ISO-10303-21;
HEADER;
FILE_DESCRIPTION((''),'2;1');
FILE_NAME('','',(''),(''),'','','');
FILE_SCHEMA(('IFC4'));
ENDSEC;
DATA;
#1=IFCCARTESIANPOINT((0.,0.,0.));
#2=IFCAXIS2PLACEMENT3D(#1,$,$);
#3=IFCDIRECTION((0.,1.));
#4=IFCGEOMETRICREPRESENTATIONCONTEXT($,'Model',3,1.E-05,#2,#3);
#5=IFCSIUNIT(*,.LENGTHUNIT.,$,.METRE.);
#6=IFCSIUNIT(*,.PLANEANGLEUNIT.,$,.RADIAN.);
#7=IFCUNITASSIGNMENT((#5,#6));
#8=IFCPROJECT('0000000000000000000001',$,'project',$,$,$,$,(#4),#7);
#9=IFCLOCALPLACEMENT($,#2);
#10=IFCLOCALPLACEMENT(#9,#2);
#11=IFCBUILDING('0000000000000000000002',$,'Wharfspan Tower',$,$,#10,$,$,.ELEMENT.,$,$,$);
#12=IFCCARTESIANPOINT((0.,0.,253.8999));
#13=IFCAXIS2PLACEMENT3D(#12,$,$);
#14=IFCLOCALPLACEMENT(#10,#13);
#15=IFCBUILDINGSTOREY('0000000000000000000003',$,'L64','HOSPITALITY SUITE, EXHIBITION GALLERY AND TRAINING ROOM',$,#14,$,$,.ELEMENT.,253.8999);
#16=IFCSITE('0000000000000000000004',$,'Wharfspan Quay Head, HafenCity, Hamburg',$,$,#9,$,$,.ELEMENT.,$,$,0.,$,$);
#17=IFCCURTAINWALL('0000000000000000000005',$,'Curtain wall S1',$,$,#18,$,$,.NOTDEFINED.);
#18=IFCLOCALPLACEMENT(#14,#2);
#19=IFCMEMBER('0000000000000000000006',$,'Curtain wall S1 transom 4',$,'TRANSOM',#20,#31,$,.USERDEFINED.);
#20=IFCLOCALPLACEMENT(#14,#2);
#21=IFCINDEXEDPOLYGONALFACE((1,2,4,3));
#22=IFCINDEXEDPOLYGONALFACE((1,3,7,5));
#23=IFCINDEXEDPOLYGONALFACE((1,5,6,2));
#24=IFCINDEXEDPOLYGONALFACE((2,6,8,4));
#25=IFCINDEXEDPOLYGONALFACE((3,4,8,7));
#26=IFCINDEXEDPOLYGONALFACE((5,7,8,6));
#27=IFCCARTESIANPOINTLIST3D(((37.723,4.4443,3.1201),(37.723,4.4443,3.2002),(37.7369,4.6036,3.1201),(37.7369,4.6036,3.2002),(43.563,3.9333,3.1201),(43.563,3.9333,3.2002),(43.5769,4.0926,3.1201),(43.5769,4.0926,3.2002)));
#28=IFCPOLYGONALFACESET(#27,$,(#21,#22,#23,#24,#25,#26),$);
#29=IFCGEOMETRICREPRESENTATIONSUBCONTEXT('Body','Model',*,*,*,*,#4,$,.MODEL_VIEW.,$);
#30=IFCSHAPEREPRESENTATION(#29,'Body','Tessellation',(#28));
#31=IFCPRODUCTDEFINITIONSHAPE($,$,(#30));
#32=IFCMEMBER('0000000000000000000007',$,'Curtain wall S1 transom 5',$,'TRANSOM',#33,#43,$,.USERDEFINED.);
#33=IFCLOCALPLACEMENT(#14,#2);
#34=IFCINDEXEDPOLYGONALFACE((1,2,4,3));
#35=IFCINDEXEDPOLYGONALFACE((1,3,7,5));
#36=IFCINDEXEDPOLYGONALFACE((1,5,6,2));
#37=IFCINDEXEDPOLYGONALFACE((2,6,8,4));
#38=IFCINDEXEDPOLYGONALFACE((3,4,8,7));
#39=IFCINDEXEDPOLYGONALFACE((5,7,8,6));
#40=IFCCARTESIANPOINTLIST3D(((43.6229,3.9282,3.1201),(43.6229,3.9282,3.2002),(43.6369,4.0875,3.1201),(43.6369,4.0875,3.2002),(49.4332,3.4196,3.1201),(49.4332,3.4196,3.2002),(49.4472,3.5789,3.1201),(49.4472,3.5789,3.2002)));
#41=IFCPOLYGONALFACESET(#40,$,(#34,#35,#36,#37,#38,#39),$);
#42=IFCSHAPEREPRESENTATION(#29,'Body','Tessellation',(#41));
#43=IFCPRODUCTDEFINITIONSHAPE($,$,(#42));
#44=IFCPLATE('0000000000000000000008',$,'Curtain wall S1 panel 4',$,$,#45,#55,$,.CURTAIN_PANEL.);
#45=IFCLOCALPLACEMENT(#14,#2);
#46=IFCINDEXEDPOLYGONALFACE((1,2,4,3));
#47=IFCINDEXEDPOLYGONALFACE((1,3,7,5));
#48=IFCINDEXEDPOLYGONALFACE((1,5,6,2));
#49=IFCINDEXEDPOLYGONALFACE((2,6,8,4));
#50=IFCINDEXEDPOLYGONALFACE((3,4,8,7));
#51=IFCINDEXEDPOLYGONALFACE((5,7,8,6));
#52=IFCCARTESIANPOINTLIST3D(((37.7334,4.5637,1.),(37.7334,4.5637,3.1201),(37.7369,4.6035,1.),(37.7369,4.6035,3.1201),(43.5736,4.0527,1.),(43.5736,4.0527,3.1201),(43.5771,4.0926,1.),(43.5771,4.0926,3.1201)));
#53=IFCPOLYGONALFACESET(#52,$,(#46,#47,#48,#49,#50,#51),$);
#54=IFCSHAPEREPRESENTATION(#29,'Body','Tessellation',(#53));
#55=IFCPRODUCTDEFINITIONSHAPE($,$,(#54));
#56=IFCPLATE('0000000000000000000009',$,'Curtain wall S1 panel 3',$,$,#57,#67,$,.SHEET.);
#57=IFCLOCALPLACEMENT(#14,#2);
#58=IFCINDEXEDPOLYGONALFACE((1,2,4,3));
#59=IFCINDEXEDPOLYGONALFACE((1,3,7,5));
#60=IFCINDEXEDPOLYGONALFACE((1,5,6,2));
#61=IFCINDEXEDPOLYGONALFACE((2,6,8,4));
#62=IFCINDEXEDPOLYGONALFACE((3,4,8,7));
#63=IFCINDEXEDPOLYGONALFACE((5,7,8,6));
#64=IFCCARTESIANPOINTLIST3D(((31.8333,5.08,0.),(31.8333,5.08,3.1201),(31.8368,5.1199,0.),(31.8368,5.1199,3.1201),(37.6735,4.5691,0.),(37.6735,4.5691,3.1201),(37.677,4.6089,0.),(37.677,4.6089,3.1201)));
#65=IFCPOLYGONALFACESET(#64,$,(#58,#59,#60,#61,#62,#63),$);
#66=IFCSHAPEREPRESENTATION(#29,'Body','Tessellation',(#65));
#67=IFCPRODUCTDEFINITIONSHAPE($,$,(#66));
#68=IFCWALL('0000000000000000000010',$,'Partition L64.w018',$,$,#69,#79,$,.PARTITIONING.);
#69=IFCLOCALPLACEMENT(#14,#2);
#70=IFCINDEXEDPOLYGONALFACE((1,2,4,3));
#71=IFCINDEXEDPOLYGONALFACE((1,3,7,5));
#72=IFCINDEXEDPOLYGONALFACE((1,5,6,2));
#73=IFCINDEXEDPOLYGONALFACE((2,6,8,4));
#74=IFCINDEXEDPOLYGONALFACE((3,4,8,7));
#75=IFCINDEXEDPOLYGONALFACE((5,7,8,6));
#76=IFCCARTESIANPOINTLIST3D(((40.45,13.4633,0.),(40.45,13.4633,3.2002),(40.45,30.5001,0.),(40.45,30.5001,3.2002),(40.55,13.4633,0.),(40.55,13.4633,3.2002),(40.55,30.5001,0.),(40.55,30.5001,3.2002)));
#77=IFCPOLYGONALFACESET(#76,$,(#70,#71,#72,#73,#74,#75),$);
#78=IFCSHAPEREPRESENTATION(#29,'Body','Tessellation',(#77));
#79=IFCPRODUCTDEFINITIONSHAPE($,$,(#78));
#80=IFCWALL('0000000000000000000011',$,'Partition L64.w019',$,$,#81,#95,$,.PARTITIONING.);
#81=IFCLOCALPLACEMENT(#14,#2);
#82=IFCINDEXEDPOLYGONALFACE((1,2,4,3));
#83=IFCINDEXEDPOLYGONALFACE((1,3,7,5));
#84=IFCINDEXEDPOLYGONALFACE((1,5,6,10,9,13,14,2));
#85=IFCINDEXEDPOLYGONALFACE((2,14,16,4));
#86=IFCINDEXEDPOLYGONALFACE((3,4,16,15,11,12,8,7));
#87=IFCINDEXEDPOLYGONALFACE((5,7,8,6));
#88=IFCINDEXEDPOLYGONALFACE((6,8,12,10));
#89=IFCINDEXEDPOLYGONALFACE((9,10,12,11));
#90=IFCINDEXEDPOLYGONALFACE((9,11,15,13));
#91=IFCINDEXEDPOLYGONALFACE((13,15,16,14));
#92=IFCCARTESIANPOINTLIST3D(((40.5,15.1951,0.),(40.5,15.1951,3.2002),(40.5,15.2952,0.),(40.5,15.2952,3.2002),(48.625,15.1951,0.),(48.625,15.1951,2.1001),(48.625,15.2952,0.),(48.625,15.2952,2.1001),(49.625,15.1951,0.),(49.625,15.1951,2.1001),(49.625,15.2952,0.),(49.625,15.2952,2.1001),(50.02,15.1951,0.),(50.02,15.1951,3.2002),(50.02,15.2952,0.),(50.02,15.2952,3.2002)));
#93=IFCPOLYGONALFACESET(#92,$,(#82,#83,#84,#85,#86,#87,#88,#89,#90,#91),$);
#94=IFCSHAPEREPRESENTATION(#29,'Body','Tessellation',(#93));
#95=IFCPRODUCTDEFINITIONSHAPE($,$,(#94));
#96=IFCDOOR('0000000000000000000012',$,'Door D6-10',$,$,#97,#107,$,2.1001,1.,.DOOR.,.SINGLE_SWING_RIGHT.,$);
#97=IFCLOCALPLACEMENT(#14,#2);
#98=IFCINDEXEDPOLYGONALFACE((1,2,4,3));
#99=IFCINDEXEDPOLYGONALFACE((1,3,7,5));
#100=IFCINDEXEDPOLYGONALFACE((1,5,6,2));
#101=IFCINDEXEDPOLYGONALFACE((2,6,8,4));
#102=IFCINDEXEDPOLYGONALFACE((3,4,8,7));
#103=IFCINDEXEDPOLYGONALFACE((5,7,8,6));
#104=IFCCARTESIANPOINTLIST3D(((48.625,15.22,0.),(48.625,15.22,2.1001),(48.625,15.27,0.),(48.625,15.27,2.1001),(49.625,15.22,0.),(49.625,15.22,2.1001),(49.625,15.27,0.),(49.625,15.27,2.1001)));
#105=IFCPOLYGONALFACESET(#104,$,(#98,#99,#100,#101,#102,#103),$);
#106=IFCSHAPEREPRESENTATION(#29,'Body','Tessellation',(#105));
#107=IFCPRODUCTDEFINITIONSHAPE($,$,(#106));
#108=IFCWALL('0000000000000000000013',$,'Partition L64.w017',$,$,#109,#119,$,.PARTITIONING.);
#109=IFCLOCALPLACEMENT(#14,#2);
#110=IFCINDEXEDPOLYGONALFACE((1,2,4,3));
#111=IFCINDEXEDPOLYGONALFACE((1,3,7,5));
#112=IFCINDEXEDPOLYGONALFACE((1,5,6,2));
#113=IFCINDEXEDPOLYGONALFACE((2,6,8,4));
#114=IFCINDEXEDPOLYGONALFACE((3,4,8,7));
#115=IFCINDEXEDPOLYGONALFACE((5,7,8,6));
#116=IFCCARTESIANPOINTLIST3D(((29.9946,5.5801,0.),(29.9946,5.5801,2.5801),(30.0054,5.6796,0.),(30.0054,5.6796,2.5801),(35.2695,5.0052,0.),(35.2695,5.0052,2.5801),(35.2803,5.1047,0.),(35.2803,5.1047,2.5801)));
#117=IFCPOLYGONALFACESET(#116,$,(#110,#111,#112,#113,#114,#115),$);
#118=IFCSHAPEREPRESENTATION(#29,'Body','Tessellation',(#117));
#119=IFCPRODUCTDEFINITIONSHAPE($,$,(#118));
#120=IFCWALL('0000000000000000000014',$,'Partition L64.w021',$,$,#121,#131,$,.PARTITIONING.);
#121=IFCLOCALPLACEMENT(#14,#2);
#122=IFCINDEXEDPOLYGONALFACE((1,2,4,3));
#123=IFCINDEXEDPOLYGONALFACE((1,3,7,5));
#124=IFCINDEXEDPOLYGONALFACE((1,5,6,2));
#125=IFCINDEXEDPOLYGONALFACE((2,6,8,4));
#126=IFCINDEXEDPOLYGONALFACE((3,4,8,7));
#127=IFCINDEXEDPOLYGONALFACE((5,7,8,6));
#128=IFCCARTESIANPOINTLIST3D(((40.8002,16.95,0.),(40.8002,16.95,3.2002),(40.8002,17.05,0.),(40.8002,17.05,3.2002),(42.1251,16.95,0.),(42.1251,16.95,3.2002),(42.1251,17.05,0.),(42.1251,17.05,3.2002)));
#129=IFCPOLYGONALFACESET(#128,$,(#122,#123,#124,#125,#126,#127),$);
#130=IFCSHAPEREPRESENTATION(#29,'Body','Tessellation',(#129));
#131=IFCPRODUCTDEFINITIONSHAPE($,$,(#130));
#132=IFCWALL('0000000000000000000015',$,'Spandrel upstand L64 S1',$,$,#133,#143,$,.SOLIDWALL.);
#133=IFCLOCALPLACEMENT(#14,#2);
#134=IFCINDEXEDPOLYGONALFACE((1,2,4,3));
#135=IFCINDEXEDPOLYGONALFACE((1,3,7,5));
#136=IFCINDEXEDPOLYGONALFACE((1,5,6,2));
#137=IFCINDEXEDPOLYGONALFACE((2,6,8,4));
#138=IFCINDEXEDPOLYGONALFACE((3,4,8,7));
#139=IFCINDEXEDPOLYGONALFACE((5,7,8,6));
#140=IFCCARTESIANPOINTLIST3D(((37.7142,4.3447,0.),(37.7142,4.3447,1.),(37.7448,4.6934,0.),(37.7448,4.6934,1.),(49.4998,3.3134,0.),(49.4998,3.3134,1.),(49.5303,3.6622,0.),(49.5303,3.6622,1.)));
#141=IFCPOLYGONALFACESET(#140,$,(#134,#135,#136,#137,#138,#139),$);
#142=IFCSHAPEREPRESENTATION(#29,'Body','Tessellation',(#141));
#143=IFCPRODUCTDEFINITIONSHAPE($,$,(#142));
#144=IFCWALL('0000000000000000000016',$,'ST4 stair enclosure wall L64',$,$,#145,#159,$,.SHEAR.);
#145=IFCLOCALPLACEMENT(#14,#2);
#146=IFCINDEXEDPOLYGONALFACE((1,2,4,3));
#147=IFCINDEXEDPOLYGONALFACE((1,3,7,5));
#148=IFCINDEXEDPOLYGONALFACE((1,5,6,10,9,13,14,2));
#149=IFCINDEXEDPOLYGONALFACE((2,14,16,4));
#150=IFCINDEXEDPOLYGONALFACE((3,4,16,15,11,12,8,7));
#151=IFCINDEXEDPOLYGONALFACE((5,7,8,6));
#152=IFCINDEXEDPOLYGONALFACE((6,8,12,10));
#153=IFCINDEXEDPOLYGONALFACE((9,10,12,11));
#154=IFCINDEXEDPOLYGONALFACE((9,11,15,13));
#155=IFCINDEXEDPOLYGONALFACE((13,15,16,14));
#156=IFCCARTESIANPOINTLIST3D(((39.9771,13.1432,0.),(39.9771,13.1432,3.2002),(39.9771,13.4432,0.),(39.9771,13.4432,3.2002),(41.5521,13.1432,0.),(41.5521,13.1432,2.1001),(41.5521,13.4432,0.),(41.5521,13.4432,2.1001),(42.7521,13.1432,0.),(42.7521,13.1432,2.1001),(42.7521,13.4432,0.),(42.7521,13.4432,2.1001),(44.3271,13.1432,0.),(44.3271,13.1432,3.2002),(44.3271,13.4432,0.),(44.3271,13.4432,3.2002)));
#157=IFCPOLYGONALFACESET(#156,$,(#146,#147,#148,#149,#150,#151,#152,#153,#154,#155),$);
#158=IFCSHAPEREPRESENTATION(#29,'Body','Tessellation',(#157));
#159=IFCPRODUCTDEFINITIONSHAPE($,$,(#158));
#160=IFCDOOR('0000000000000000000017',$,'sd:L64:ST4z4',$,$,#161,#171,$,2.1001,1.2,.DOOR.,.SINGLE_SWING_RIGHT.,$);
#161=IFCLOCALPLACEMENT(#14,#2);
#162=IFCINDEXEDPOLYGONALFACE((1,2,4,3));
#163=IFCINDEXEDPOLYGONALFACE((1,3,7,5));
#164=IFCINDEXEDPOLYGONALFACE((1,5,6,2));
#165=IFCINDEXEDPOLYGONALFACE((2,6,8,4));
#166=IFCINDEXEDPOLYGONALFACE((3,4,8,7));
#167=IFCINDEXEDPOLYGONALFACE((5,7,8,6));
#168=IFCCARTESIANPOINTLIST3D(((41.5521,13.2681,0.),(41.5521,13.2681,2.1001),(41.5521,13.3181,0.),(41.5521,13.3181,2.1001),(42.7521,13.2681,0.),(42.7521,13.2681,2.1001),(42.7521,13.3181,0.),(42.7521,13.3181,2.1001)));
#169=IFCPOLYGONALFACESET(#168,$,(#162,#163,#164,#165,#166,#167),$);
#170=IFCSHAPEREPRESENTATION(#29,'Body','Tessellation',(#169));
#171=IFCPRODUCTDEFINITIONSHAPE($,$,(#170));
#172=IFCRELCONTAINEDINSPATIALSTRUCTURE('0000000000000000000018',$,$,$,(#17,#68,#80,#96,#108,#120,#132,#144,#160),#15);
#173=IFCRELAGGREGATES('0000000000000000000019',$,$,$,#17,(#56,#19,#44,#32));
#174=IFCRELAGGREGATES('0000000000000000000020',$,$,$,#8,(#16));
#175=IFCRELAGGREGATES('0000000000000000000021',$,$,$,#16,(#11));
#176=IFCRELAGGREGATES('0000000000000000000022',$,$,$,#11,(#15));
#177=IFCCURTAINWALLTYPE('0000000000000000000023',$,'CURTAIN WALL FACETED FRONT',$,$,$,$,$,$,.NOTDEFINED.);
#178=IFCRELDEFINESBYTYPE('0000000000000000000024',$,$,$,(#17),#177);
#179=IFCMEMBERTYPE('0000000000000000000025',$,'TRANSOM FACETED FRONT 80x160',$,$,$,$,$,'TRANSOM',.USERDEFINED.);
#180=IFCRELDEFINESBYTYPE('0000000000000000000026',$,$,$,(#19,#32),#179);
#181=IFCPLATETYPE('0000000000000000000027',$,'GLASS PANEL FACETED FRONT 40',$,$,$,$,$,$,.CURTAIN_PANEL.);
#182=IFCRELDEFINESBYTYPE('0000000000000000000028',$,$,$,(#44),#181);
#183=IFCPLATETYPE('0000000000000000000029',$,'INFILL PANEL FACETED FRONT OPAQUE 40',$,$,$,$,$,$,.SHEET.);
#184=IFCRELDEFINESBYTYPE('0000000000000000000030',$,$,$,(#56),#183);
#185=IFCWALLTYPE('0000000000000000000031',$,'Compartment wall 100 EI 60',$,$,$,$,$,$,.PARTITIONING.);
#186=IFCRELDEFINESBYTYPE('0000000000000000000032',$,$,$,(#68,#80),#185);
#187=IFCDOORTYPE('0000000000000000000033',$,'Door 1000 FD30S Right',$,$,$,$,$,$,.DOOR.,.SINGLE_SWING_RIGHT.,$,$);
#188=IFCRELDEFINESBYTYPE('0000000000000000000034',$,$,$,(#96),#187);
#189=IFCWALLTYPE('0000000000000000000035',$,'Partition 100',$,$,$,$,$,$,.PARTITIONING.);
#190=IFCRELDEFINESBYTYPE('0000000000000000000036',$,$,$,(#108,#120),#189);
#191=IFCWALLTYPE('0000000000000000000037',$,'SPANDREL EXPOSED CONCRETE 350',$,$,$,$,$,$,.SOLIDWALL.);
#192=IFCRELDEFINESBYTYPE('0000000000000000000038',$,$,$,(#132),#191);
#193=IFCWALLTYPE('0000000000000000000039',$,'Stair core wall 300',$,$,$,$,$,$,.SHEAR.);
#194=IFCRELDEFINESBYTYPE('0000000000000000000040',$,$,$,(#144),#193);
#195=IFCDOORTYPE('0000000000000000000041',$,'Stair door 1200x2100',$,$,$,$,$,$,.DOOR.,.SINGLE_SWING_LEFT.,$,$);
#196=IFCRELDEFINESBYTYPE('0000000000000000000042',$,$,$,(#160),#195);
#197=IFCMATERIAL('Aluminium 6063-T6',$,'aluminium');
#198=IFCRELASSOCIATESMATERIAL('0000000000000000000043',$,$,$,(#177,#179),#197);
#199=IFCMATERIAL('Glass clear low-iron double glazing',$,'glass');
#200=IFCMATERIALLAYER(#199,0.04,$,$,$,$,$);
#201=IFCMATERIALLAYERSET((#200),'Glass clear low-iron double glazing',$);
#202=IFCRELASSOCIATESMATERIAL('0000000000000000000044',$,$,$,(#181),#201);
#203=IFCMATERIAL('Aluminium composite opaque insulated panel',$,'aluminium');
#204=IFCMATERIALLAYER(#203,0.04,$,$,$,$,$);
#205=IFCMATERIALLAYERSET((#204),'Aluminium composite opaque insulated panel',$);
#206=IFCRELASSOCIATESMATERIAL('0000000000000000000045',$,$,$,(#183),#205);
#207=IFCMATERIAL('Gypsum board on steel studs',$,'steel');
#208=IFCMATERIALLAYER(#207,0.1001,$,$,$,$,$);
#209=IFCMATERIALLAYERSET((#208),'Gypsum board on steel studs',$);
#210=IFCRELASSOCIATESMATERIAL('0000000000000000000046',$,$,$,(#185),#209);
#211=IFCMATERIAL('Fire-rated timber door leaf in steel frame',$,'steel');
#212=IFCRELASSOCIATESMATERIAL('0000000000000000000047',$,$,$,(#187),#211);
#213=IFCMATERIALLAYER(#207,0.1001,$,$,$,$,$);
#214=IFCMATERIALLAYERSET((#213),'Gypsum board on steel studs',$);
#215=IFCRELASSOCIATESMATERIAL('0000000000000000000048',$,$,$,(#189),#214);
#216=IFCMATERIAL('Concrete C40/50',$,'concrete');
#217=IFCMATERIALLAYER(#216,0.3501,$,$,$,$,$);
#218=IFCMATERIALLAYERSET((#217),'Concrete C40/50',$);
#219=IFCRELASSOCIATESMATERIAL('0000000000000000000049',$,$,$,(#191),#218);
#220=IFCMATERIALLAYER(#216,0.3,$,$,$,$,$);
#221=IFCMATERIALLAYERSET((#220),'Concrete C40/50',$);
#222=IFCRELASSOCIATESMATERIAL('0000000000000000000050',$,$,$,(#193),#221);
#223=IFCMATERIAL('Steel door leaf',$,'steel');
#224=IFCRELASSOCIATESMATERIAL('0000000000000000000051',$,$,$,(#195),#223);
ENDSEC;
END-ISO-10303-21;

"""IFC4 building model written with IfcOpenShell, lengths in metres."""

from ifc_helpers import new_model, si_unit, direction, frame, frame_2d, origin, origin_2d, place, context, subcontext, project, spatial, rectangle, extrude, material, layer, layer_set, material_profile, profile_set, type_object, element, fill, aggregate, save


model = new_model("IFC4")

# Units and contexts
model_context = context("Model", 3, precision=1e-05, world=origin(), true_north=direction((0.0, 1.0)))
body_context = subcontext(model_context, "Body", "Model", "MODEL_VIEW")
ifc_project = project(units=[si_unit("LENGTHUNIT", "METRE"), si_unit("PLANEANGLEUNIT", "RADIAN")], contexts=[model_context])

# Site, building, storey
site_placement = place(None, origin())
site = spatial("IfcSite", under=ifc_project, at=site_placement, Name="Wharfspan Quay Head, HafenCity, Hamburg", CompositionType="ELEMENT", RefElevation=0.0)
building_placement = place(site_placement, origin())
building = spatial("IfcBuilding", under=site, at=building_placement, Name="Wharfspan Tower", CompositionType="ELEMENT")
storey_placement = place(building_placement, frame((0.0, 0.0, 253.8999)))
storey = spatial("IfcBuildingStorey", under=building, at=storey_placement, Name="L64", Description="HOSPITALITY SUITE, EXHIBITION GALLERY AND TRAINING ROOM", CompositionType="ELEMENT", Elevation=253.8999)

# Curtain wall, members, plates
ifc_material_1 = material(Name="Aluminium 6063-T6", Category="aluminium")
curtain_wall_type = type_object("IfcCurtainWallType", Name="CURTAIN WALL FACETED FRONT", PredefinedType="NOTDEFINED", material=ifc_material_1)
curtain_wall_placement = place(storey_placement, origin())
curtain_wall = element("IfcCurtainWall", 1, at=curtain_wall_placement, inside=storey, type_object=curtain_wall_type, Name="Curtain wall S1", PredefinedType="NOTDEFINED")
ifc_material_profile_1 = material_profile(ifc_material_1, rectangle(XDim=0.1599, YDim=0.0801, at=origin_2d()))
ifc_profile_set_1 = profile_set([ifc_material_profile_1], Name="Aluminium 6063-T6")
member_type_1 = type_object("IfcMemberType", Name="TRANSOM FACETED FRONT 80x160", ElementType="TRANSOM", PredefinedType="USERDEFINED", material=ifc_profile_set_1)
member_1_placement = place(storey_placement, frame((37.73, 4.5239, 3.1602), z_axis=(0.996194, -0.087163, 0.0), x_axis=(0.087163, 0.996194, 0.0)))
member_1 = element("IfcMember", 2, at=member_1_placement, type_object=member_type_1, Name="Curtain wall S1 transom 4", ObjectType="TRANSOM", PredefinedType="USERDEFINED", context=body_context, shape_type="SweptSolid", body=[
    extrude(rectangle(XDim=0.1599, YDim=0.0801, at=origin_2d()), origin(), (0.0, 0.0, 1.0), 5.8623),
])
member_2_placement = place(storey_placement, frame((43.6299, 4.0078, 3.1602), z_axis=(0.996192, -0.087191, 0.0), x_axis=(0.087191, 0.996192, 0.0)))
member_2 = element("IfcMember", 3, at=member_2_placement, type_object=member_type_1, Name="Curtain wall S1 transom 5", ObjectType="TRANSOM", PredefinedType="USERDEFINED", context=body_context, shape_type="SweptSolid", body=[
    extrude(rectangle(XDim=0.1599, YDim=0.0801, at=origin_2d()), origin(), (0.0, 0.0, 1.0), 5.8325),
])
ifc_material_2 = material(Name="Glass clear low-iron double glazing", Category="glass")
ifc_layer_1 = layer(ifc_material_2, 0.04)
ifc_layer_set_1 = layer_set([ifc_layer_1], Name="Glass clear low-iron double glazing")
plate_type_1 = type_object("IfcPlateType", Name="GLASS PANEL FACETED FRONT 40", PredefinedType="CURTAIN_PANEL", material=ifc_layer_set_1)
plate_1_placement = place(storey_placement, frame((40.6553, 4.3281, 1.0), z_axis=(0.0, 0.0, 1.0), x_axis=(0.996197, -0.087156, 0.0)))
plate_1 = element("IfcPlate", 4, at=plate_1_placement, type_object=plate_type_1, Name="Curtain wall S1 panel 4", PredefinedType="CURTAIN_PANEL", context=body_context, shape_type="SweptSolid", body=[
    extrude(rectangle(XDim=5.8625, YDim=0.04, at=origin_2d()), origin(), (0.0, 0.0, 1.0), 2.1201),
])
ifc_material_3 = material(Name="Aluminium composite opaque insulated panel", Category="aluminium")
ifc_layer_2 = layer(ifc_material_3, 0.04)
ifc_layer_set_2 = layer_set([ifc_layer_2], Name="Aluminium composite opaque insulated panel")
plate_type_2 = type_object("IfcPlateType", Name="INFILL PANEL FACETED FRONT OPAQUE 40", PredefinedType="SHEET", material=ifc_layer_set_2)
plate_2_placement = place(storey_placement, frame((34.7551, 4.8445, 0.0), z_axis=(0.0, 0.0, 1.0), x_axis=(0.996197, -0.087156, 0.0)))
plate_2 = element("IfcPlate", 5, at=plate_2_placement, type_object=plate_type_2, Name="Curtain wall S1 panel 3", PredefinedType="SHEET", context=body_context, shape_type="SweptSolid", body=[
    extrude(rectangle(XDim=5.8625, YDim=0.04, at=origin_2d()), origin(), (0.0, 0.0, 1.0), 3.1201),
])
aggregate(curtain_wall, [plate_2, member_1, plate_1, member_2])

# Wall
ifc_material_4 = material(Name="Gypsum board on steel studs", Category="steel")
ifc_layer_3 = layer(ifc_material_4, 0.1001)
ifc_layer_set_3 = layer_set([ifc_layer_3], Name="Gypsum board on steel studs")
wall_type_1 = type_object("IfcWallType", Name="Compartment wall 100 EI 60", PredefinedType="PARTITIONING", material=ifc_layer_set_3)
wall_1_placement = place(storey_placement, frame((40.5, 13.4631, 0.0), z_axis=(0.0, 0.0, 1.0), x_axis=(0.0, 1.0, 0.0)))
element("IfcWall", 6, at=wall_1_placement, inside=storey, type_object=wall_type_1, Name="Partition L64.w018", PredefinedType="PARTITIONING", context=body_context, shape_type="SweptSolid", body=[
    extrude(rectangle(XDim=17.0369, YDim=0.1001, at=frame_2d((8.5186, 0.0))), origin(), (0.0, 0.0, 1.0), 3.2002),
])

# Wall, opening, door
wall_2_placement = place(storey_placement, frame((40.5, 15.2451, 0.0), z_axis=(0.0, 0.0, 1.0), x_axis=(1.0, 0.0, 0.0)))
wall_2 = element("IfcWall", 7, at=wall_2_placement, inside=storey, type_object=wall_type_1, Name="Partition L64.w019", PredefinedType="PARTITIONING", context=body_context, shape_type="SweptSolid", body=[
    extrude(rectangle(XDim=9.52, YDim=0.1001, at=frame_2d((4.76, 0.0))), origin(), (0.0, 0.0, 1.0), 3.2002),
])
opening_1_placement = place(wall_2_placement, frame((8.125, 0.0, 0.0)))
opening_1 = element("IfcOpeningElement", 8, at=opening_1_placement, cuts=wall_2, PredefinedType="OPENING", context=body_context, shape_type="SweptSolid", body=[
    extrude(rectangle(XDim=1.0, YDim=2.1001, at=frame_2d((0.5, 1.05))), frame((0.0, 0.0601, 0.0), z_axis=(0.0, -1.0, 0.0), x_axis=(1.0, 0.0, 0.0)), (0.0, 0.0, 1.0), 0.1201),
])
ifc_material_5 = material(Name="Fire-rated timber door leaf in steel frame", Category="steel")
door_type_1 = type_object("IfcDoorType", Name="Door 1000 FD30S Right", OperationType="SINGLE_SWING_RIGHT", PredefinedType="DOOR", material=ifc_material_5)
door_1_placement = place(opening_1_placement, origin())
door_1 = element("IfcDoor", 9, at=door_1_placement, inside=storey, type_object=door_type_1, Name="Door D6-10", OperationType="SINGLE_SWING_RIGHT", OverallHeight=2.1001, OverallWidth=1.0, PredefinedType="DOOR", context=body_context, shape_type="SweptSolid", body=[
    extrude(rectangle(XDim=1.0, YDim=2.1001, at=frame_2d((0.5, 1.05))), frame((0.0, 0.0249, 0.0), z_axis=(0.0, -1.0, 0.0), x_axis=(1.0, 0.0, 0.0)), (0.0, 0.0, 1.0), 0.05),
])
fill(opening_1, door_1)

# Walls
ifc_layer_4 = layer(ifc_material_4, 0.1001)
ifc_layer_set_4 = layer_set([ifc_layer_4], Name="Gypsum board on steel studs")
wall_type_2 = type_object("IfcWallType", Name="Partition 100", PredefinedType="PARTITIONING", material=ifc_layer_set_4)
wall_3_placement = place(storey_placement, frame((35.2749, 5.0549, 0.0), z_axis=(0.0, 0.0, 1.0), x_axis=(-0.994115, 0.108356, 0.0)))
element("IfcWall", 10, at=wall_3_placement, inside=storey, type_object=wall_type_2, Name="Partition L64.w017", PredefinedType="PARTITIONING", context=body_context, shape_type="SweptSolid", body=[
    extrude(rectangle(XDim=5.3062, YDim=0.1001, at=frame_2d((2.6531, 0.0))), origin(), (0.0, 0.0, 1.0), 2.5801),
])
wall_4_placement = place(storey_placement, frame((40.8, 17.0, 0.0), z_axis=(0.0, 0.0, 1.0), x_axis=(1.0, 0.0, 0.0)))
element("IfcWall", 11, at=wall_4_placement, inside=storey, type_object=wall_type_2, Name="Partition L64.w021", PredefinedType="PARTITIONING", context=body_context, shape_type="SweptSolid", body=[
    extrude(rectangle(XDim=1.325, YDim=0.1001, at=frame_2d((0.6626, 0.0))), origin(), (0.0, 0.0, 1.0), 3.2002),
])
ifc_material_6 = material(Name="Concrete C40/50", Category="concrete")
ifc_layer_5 = layer(ifc_material_6, 0.3501)
ifc_layer_set_5 = layer_set([ifc_layer_5], Name="Concrete C40/50")
wall_type_3 = type_object("IfcWallType", Name="SPANDREL EXPOSED CONCRETE 350", PredefinedType="SOLIDWALL", material=ifc_layer_set_5)
wall_5_placement = place(storey_placement, frame((37.7295, 4.519, 0.0), z_axis=(0.0, 0.0, 1.0), x_axis=(0.99619, -0.087167, 0.0)))
element("IfcWall", 12, at=wall_5_placement, inside=storey, type_object=wall_type_3, Name="Spandrel upstand L64 S1", PredefinedType="SOLIDWALL", context=body_context, shape_type="SweptSolid", body=[
    extrude(rectangle(XDim=11.8306, YDim=0.3501, at=frame_2d((5.9153, 0.0))), origin(), (0.0, 0.0, 1.0), 1.0),
])

# Wall, opening, door
ifc_layer_6 = layer(ifc_material_6, 0.3)
ifc_layer_set_6 = layer_set([ifc_layer_6], Name="Concrete C40/50")
wall_type_4 = type_object("IfcWallType", Name="Stair core wall 300", PredefinedType="SHEAR", material=ifc_layer_set_6)
wall_6_placement = place(storey_placement, frame((39.9771, 13.2932, 0.0), z_axis=(0.0, 0.0, 1.0), x_axis=(1.0, 0.0, 0.0)))
wall_6 = element("IfcWall", 13, at=wall_6_placement, inside=storey, type_object=wall_type_4, Name="ST4 stair enclosure wall L64", PredefinedType="SHEAR", context=body_context, shape_type="SweptSolid", body=[
    extrude(rectangle(XDim=4.3501, YDim=0.3, at=frame_2d((2.175, 0.0))), origin(), (0.0, 0.0, 1.0), 3.2002),
])
opening_2_placement = place(wall_6_placement, frame((1.575, 0.0, 0.0)))
opening_2 = element("IfcOpeningElement", 14, at=opening_2_placement, cuts=wall_6, PredefinedType="OPENING", context=body_context, shape_type="SweptSolid", body=[
    extrude(rectangle(XDim=1.2, YDim=2.1001, at=frame_2d((0.6001, 1.05))), frame((0.0, 0.1599, 0.0), z_axis=(0.0, -1.0, 0.0), x_axis=(1.0, 0.0, 0.0)), (0.0, 0.0, 1.0), 0.3201),
])
ifc_material_7 = material(Name="Steel door leaf", Category="steel")
door_type_2 = type_object("IfcDoorType", Name="Stair door 1200x2100", OperationType="SINGLE_SWING_LEFT", PredefinedType="DOOR", material=ifc_material_7)
door_2_placement = place(opening_2_placement, origin())
door_2 = element("IfcDoor", 15, at=door_2_placement, inside=storey, type_object=door_type_2, Name="sd:L64:ST4z4", OperationType="SINGLE_SWING_RIGHT", OverallHeight=2.1001, OverallWidth=1.2, PredefinedType="DOOR", context=body_context, shape_type="SweptSolid", body=[
    extrude(rectangle(XDim=1.2, YDim=2.1001, at=frame_2d((0.6001, 1.05))), frame((0.0, 0.0249, 0.0), z_axis=(0.0, -1.0, 0.0), x_axis=(1.0, 0.0, 0.0)), (0.0, 0.0, 1.0), 0.05),
])
fill(opening_2, door_2)

save(model, "model.ifc")
